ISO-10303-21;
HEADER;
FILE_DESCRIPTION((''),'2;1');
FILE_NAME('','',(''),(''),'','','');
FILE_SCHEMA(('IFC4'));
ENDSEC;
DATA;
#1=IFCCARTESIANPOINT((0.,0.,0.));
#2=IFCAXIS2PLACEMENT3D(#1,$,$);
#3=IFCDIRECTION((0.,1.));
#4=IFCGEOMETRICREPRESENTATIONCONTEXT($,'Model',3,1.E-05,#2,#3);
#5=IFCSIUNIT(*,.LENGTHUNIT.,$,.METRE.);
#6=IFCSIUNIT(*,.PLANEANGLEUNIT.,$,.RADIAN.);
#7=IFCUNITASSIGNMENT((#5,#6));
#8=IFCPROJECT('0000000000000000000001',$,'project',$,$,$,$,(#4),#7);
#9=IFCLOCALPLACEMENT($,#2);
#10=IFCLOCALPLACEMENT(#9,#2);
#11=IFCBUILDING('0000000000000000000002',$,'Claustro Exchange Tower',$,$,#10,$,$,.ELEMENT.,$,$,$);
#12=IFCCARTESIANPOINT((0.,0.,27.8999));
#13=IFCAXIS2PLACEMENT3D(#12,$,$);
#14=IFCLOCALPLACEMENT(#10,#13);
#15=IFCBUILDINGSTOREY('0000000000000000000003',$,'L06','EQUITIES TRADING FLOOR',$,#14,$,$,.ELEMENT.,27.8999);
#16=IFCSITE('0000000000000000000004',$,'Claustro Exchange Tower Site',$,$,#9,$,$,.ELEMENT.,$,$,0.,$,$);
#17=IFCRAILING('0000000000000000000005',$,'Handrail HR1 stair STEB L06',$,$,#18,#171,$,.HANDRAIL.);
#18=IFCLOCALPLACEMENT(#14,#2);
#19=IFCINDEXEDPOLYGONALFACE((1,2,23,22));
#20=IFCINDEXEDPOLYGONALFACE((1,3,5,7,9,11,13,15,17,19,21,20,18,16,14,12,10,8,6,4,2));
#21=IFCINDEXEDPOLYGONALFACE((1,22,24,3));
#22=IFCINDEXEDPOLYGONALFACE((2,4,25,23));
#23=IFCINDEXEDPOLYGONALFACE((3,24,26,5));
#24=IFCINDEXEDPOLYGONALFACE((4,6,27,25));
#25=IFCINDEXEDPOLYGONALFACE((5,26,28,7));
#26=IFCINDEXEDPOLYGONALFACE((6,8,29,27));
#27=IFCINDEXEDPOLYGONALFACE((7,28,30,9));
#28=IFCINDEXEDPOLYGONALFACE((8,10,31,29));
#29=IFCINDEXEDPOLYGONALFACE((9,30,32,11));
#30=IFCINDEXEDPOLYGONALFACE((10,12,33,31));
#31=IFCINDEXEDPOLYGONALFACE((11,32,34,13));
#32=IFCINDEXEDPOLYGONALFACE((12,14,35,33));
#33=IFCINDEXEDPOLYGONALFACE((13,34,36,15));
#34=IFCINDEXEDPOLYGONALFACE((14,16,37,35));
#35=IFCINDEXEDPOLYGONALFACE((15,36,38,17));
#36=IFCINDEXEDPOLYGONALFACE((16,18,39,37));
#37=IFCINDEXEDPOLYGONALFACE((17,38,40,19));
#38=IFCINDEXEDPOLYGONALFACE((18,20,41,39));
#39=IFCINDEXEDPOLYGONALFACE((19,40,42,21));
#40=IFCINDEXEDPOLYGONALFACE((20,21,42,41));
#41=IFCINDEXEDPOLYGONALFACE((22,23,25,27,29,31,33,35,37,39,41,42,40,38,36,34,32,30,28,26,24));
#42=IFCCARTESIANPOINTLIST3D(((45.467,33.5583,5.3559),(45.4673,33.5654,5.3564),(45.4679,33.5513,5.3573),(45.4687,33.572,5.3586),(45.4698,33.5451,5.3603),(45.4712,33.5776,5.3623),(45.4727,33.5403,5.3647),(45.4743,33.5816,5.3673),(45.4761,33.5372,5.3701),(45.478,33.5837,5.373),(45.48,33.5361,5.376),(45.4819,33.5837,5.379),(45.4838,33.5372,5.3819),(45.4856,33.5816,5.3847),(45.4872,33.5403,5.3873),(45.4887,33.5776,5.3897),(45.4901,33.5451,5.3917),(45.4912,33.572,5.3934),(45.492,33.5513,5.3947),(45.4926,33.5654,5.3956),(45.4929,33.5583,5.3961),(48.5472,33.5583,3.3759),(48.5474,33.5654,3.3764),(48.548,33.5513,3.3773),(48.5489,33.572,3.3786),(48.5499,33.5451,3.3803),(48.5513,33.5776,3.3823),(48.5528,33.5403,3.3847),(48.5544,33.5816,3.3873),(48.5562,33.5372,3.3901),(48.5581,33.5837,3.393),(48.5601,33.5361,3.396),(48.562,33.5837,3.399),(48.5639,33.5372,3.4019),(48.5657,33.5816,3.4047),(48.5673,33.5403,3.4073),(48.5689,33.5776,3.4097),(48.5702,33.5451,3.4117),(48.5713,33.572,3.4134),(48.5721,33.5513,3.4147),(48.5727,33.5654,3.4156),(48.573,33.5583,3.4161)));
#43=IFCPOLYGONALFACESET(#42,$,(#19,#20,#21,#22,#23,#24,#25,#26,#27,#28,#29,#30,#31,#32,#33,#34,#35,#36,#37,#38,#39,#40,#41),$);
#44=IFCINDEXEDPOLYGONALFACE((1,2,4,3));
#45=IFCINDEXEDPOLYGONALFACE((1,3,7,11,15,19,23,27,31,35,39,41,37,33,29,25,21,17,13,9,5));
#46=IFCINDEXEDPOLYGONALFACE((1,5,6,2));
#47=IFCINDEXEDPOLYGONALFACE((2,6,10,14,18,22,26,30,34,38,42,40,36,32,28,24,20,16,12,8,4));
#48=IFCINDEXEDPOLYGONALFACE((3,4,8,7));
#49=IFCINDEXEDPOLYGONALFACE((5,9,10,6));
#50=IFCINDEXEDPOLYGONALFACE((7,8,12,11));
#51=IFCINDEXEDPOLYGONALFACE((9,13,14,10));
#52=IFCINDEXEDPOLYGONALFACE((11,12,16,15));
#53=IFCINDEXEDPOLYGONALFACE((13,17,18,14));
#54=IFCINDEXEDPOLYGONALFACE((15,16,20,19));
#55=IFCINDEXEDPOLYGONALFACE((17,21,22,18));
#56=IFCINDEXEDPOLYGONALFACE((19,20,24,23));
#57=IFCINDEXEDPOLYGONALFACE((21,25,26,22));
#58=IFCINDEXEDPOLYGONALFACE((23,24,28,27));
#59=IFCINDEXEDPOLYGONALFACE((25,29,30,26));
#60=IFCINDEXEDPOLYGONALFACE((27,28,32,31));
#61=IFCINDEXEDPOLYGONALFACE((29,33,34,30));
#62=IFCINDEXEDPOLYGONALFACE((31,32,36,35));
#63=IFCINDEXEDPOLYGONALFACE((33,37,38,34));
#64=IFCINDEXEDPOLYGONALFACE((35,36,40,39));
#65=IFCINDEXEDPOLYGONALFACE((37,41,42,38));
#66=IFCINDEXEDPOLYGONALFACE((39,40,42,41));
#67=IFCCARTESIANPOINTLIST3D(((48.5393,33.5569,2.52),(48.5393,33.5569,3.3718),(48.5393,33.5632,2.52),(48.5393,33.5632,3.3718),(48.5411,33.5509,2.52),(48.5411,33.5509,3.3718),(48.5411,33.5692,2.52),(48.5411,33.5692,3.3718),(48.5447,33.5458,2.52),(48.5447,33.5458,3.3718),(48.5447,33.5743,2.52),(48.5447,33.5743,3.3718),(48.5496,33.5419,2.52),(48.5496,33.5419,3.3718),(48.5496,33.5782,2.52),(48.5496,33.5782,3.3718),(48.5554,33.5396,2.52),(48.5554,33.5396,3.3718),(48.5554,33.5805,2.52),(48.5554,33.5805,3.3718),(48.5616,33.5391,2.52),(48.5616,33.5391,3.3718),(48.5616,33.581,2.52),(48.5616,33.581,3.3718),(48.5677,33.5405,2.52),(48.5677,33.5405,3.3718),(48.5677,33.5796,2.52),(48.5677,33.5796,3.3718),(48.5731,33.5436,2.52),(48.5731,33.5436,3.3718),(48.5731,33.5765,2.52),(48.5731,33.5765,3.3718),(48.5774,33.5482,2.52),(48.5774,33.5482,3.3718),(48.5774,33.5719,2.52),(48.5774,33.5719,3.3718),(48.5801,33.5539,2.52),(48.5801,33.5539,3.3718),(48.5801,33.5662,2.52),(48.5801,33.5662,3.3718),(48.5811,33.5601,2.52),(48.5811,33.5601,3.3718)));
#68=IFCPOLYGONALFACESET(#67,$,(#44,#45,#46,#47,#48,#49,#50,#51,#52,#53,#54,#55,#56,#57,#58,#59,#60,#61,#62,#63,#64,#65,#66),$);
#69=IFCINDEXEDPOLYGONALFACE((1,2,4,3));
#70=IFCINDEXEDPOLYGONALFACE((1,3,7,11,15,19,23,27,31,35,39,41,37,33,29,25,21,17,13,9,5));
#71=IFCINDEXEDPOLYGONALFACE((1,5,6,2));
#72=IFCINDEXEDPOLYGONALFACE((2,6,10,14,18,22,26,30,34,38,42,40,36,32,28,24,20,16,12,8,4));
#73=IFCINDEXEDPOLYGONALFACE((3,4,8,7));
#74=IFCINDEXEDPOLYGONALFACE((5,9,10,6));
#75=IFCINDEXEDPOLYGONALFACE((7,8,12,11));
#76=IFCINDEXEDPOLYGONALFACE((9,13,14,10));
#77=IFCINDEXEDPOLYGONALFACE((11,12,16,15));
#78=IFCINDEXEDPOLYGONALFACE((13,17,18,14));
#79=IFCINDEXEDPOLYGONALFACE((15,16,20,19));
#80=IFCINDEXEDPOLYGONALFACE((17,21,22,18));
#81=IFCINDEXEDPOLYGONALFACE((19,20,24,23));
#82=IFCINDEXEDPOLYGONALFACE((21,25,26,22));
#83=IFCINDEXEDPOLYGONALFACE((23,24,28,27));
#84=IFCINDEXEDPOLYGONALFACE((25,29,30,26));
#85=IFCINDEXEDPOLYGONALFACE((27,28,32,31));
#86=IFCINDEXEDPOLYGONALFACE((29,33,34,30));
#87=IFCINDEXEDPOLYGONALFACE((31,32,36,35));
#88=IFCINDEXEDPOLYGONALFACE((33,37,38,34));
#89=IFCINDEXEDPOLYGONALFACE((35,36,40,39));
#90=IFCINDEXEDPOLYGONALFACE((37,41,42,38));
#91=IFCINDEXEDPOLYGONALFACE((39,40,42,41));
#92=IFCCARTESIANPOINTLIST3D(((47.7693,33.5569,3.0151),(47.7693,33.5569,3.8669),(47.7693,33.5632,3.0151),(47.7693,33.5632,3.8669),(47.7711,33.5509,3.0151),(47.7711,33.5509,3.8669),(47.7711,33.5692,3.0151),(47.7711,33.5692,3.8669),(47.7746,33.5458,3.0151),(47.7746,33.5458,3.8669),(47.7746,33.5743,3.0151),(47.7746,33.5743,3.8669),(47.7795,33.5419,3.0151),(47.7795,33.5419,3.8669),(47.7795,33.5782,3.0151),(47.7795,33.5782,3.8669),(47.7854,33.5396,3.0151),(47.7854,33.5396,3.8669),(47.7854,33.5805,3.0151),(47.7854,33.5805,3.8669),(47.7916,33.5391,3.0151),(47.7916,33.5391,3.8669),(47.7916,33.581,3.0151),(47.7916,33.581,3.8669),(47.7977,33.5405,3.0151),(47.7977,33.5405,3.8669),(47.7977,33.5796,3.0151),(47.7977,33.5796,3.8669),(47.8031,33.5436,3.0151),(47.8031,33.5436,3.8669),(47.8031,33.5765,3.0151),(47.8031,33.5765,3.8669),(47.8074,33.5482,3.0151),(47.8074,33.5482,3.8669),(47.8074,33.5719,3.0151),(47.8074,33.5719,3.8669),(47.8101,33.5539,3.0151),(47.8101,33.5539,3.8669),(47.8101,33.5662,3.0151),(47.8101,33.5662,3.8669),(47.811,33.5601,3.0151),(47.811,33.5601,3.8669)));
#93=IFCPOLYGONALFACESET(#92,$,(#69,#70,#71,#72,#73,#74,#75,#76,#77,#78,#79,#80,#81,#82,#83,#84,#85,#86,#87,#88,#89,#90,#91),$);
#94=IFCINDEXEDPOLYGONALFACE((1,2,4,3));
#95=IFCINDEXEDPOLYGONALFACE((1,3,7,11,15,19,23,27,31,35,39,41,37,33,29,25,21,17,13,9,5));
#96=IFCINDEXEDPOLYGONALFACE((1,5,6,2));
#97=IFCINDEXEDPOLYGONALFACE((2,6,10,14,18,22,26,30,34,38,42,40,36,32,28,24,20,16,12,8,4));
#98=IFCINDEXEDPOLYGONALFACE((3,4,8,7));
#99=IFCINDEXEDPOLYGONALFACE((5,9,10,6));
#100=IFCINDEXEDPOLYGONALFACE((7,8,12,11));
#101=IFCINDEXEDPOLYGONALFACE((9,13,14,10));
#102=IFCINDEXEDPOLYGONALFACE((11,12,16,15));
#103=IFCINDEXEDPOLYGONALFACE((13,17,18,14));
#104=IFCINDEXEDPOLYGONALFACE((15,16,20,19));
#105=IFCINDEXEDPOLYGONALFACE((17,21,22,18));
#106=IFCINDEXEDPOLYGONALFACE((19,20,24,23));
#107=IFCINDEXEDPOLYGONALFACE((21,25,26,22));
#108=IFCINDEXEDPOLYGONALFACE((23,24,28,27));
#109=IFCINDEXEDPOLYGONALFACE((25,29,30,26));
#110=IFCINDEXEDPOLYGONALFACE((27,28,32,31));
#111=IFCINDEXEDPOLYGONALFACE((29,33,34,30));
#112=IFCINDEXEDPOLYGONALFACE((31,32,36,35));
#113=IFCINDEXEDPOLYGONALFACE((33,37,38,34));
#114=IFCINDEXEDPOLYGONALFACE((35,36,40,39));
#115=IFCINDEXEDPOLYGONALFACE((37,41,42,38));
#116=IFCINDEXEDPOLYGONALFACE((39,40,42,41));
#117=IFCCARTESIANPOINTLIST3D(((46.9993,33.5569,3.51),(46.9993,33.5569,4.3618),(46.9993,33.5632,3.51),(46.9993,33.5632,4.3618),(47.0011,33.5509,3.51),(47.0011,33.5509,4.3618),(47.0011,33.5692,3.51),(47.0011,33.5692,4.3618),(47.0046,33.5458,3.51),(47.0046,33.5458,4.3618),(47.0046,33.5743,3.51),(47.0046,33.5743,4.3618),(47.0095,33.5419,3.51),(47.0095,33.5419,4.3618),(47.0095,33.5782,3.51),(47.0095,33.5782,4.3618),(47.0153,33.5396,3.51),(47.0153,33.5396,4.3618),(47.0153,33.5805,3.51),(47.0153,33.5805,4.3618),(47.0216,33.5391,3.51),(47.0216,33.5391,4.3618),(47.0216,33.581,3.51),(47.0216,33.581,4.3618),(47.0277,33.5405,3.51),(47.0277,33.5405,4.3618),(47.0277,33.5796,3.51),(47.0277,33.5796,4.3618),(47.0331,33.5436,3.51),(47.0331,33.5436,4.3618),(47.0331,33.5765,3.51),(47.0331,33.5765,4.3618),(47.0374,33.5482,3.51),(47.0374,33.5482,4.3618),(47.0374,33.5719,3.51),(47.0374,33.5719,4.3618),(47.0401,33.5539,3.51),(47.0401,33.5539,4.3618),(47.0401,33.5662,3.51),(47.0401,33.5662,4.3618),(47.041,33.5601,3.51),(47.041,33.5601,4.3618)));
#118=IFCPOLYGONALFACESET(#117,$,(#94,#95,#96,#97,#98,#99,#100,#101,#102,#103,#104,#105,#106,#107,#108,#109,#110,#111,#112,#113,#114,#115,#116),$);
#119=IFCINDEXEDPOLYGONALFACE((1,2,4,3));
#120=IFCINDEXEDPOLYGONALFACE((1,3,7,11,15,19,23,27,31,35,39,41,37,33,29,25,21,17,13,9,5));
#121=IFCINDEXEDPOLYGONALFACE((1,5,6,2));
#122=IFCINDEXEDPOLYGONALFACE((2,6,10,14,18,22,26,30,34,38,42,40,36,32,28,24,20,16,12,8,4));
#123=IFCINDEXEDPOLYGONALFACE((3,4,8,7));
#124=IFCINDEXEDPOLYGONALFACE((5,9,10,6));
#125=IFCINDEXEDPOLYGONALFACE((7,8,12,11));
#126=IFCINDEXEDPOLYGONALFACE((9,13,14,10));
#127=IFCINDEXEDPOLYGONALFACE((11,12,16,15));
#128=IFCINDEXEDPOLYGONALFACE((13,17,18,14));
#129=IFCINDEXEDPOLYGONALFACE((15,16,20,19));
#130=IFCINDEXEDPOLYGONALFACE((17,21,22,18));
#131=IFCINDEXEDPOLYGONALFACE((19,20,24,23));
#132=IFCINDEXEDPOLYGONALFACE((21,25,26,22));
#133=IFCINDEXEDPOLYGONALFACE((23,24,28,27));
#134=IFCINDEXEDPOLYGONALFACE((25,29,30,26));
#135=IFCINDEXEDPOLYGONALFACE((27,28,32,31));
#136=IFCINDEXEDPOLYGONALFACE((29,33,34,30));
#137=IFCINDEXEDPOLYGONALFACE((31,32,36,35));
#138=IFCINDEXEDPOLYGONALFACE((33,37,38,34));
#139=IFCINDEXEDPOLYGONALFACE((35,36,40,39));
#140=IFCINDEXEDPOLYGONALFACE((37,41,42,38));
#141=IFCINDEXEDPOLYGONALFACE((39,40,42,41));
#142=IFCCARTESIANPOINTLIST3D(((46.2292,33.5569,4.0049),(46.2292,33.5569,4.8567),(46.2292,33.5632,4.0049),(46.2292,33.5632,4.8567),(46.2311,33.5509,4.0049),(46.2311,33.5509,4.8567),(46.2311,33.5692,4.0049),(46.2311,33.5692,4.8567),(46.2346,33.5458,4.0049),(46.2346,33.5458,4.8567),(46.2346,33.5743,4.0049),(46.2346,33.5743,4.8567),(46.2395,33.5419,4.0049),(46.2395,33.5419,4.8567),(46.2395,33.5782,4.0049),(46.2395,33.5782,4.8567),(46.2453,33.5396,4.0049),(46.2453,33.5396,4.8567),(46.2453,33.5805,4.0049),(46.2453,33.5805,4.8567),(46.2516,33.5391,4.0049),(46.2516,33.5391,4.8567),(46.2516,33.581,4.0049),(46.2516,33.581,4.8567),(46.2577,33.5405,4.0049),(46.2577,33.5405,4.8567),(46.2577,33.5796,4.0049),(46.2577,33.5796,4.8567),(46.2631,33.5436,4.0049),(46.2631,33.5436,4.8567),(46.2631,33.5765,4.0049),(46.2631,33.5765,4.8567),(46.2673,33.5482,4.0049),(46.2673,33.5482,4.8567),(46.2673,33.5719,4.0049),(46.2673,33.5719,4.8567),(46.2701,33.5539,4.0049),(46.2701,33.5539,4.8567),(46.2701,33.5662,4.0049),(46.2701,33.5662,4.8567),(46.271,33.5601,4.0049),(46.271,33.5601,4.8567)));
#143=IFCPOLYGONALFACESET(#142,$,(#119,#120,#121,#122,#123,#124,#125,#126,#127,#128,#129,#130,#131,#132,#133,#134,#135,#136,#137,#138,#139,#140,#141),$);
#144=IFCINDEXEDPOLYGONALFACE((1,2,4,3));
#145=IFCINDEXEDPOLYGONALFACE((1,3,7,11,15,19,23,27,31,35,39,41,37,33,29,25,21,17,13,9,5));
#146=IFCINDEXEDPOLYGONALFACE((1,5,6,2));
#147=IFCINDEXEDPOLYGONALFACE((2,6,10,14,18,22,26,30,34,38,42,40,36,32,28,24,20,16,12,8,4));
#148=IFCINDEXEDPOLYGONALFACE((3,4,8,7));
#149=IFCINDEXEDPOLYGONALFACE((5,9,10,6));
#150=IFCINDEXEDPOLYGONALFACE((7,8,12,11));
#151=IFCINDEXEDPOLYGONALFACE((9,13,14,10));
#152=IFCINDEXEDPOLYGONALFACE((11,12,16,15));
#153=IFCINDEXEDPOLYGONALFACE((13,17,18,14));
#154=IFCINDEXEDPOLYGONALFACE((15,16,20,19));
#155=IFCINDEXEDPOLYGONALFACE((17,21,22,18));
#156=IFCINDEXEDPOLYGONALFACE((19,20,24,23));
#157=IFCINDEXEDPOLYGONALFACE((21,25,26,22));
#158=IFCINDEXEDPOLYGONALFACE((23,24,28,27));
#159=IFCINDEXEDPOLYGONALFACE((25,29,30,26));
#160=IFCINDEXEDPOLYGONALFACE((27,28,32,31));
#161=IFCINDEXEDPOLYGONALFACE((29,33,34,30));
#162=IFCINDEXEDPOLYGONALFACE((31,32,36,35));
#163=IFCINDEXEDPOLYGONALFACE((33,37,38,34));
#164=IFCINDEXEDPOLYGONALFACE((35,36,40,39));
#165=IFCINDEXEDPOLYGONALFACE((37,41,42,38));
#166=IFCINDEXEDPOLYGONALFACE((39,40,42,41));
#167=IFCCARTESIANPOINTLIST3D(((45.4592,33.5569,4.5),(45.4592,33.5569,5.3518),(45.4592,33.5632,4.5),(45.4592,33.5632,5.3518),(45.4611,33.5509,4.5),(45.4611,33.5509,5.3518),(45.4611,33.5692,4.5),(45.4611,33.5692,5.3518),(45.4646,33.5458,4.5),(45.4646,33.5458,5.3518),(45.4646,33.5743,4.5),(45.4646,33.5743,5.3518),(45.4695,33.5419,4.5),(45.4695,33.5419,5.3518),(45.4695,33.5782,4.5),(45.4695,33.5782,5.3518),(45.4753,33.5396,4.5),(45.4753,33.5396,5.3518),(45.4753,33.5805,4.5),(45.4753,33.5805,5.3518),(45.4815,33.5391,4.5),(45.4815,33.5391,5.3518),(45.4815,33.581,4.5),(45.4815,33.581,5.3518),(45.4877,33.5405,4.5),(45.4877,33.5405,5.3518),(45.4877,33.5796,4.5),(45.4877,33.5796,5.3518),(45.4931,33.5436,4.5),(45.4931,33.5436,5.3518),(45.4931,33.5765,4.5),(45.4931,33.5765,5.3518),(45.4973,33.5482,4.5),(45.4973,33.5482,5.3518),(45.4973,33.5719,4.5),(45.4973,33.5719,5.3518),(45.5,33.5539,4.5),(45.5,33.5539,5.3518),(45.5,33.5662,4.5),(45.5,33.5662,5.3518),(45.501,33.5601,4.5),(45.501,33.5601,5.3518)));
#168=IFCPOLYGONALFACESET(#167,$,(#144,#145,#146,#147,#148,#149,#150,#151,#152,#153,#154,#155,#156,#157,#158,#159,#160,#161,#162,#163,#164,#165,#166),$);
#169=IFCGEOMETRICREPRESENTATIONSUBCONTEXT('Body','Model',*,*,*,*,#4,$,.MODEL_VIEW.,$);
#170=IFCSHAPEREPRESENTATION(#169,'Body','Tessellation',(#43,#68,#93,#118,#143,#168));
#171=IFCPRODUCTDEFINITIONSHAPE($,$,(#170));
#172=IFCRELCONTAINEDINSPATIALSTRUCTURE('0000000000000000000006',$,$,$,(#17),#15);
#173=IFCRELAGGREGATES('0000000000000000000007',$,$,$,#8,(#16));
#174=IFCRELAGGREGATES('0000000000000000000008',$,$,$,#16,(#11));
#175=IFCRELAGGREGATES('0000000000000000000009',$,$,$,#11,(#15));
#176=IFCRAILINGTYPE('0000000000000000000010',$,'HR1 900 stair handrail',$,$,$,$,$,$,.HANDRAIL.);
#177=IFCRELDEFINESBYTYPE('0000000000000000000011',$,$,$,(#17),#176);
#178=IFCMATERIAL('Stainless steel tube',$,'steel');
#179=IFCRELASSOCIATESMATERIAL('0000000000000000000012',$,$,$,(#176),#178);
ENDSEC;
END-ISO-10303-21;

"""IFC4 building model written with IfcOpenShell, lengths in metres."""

from ifc_helpers import new_model, si_unit, direction, frame, origin, origin_2d, place, context, subcontext, project, spatial, circle, extrude, material, type_object, element, save


model = new_model("IFC4")

# Units and contexts
model_context = context("Model", 3, precision=1e-05, world=origin(), true_north=direction((0.0, 1.0)))
body_context = subcontext(model_context, "Body", "Model", "MODEL_VIEW")
ifc_project = project(units=[si_unit("LENGTHUNIT", "METRE"), si_unit("PLANEANGLEUNIT", "RADIAN")], contexts=[model_context])

# Site, building, storey
site_placement = place(None, origin())
site = spatial("IfcSite", under=ifc_project, at=site_placement, Name="Claustro Exchange Tower Site", CompositionType="ELEMENT", RefElevation=0.0)
building_placement = place(site_placement, origin())
building = spatial("IfcBuilding", under=site, at=building_placement, Name="Claustro Exchange Tower", CompositionType="ELEMENT")
storey_placement = place(building_placement, frame((0.0, 0.0, 27.8999)))
storey = spatial("IfcBuildingStorey", under=building, at=storey_placement, Name="L06", Description="EQUITIES TRADING FLOOR", CompositionType="ELEMENT", Elevation=27.8999)

# Railing
ifc_material_1 = material(Name="Stainless steel tube", Category="steel")
railing_type_1 = type_object("IfcRailingType", Name="HR1 900 stair handrail", PredefinedType="HANDRAIL", material=ifc_material_1)
railing_1_placement = place(storey_placement, frame((48.5601, 33.5601, 2.52)))
element("IfcRailing", 1, at=railing_1_placement, inside=storey, type_object=railing_type_1, Name="Handrail HR1 stair STEB L06", PredefinedType="HANDRAIL", context=body_context, shape_type="SweptSolid", body=[
    extrude(circle(Radius=0.0239, at=origin_2d()), frame((0.0, 0.0, 0.876), z_axis=(-0.841187, 0.0, 0.540744), x_axis=(0.0, -1.0, 0.0)), (0.0, 0.0, 1.0), 3.6616),
    extrude(circle(Radius=0.021, at=origin_2d()), origin(), (0.0, 0.0, 1.0), 0.8518),
    extrude(circle(Radius=0.021, at=origin_2d()), frame((-0.77, 0.0, 0.4951)), (0.0, 0.0, 1.0), 0.8518),
    extrude(circle(Radius=0.021, at=origin_2d()), frame((-1.54, 0.0, 0.99)), (0.0, 0.0, 1.0), 0.8518),
    extrude(circle(Radius=0.021, at=origin_2d()), frame((-2.3101, 0.0, 1.4849)), (0.0, 0.0, 1.0), 0.8518),
    extrude(circle(Radius=0.021, at=origin_2d()), frame((-3.0801, 0.0, 1.98)), (0.0, 0.0, 1.0), 0.8518),
])

save(model, "model.ifc")
